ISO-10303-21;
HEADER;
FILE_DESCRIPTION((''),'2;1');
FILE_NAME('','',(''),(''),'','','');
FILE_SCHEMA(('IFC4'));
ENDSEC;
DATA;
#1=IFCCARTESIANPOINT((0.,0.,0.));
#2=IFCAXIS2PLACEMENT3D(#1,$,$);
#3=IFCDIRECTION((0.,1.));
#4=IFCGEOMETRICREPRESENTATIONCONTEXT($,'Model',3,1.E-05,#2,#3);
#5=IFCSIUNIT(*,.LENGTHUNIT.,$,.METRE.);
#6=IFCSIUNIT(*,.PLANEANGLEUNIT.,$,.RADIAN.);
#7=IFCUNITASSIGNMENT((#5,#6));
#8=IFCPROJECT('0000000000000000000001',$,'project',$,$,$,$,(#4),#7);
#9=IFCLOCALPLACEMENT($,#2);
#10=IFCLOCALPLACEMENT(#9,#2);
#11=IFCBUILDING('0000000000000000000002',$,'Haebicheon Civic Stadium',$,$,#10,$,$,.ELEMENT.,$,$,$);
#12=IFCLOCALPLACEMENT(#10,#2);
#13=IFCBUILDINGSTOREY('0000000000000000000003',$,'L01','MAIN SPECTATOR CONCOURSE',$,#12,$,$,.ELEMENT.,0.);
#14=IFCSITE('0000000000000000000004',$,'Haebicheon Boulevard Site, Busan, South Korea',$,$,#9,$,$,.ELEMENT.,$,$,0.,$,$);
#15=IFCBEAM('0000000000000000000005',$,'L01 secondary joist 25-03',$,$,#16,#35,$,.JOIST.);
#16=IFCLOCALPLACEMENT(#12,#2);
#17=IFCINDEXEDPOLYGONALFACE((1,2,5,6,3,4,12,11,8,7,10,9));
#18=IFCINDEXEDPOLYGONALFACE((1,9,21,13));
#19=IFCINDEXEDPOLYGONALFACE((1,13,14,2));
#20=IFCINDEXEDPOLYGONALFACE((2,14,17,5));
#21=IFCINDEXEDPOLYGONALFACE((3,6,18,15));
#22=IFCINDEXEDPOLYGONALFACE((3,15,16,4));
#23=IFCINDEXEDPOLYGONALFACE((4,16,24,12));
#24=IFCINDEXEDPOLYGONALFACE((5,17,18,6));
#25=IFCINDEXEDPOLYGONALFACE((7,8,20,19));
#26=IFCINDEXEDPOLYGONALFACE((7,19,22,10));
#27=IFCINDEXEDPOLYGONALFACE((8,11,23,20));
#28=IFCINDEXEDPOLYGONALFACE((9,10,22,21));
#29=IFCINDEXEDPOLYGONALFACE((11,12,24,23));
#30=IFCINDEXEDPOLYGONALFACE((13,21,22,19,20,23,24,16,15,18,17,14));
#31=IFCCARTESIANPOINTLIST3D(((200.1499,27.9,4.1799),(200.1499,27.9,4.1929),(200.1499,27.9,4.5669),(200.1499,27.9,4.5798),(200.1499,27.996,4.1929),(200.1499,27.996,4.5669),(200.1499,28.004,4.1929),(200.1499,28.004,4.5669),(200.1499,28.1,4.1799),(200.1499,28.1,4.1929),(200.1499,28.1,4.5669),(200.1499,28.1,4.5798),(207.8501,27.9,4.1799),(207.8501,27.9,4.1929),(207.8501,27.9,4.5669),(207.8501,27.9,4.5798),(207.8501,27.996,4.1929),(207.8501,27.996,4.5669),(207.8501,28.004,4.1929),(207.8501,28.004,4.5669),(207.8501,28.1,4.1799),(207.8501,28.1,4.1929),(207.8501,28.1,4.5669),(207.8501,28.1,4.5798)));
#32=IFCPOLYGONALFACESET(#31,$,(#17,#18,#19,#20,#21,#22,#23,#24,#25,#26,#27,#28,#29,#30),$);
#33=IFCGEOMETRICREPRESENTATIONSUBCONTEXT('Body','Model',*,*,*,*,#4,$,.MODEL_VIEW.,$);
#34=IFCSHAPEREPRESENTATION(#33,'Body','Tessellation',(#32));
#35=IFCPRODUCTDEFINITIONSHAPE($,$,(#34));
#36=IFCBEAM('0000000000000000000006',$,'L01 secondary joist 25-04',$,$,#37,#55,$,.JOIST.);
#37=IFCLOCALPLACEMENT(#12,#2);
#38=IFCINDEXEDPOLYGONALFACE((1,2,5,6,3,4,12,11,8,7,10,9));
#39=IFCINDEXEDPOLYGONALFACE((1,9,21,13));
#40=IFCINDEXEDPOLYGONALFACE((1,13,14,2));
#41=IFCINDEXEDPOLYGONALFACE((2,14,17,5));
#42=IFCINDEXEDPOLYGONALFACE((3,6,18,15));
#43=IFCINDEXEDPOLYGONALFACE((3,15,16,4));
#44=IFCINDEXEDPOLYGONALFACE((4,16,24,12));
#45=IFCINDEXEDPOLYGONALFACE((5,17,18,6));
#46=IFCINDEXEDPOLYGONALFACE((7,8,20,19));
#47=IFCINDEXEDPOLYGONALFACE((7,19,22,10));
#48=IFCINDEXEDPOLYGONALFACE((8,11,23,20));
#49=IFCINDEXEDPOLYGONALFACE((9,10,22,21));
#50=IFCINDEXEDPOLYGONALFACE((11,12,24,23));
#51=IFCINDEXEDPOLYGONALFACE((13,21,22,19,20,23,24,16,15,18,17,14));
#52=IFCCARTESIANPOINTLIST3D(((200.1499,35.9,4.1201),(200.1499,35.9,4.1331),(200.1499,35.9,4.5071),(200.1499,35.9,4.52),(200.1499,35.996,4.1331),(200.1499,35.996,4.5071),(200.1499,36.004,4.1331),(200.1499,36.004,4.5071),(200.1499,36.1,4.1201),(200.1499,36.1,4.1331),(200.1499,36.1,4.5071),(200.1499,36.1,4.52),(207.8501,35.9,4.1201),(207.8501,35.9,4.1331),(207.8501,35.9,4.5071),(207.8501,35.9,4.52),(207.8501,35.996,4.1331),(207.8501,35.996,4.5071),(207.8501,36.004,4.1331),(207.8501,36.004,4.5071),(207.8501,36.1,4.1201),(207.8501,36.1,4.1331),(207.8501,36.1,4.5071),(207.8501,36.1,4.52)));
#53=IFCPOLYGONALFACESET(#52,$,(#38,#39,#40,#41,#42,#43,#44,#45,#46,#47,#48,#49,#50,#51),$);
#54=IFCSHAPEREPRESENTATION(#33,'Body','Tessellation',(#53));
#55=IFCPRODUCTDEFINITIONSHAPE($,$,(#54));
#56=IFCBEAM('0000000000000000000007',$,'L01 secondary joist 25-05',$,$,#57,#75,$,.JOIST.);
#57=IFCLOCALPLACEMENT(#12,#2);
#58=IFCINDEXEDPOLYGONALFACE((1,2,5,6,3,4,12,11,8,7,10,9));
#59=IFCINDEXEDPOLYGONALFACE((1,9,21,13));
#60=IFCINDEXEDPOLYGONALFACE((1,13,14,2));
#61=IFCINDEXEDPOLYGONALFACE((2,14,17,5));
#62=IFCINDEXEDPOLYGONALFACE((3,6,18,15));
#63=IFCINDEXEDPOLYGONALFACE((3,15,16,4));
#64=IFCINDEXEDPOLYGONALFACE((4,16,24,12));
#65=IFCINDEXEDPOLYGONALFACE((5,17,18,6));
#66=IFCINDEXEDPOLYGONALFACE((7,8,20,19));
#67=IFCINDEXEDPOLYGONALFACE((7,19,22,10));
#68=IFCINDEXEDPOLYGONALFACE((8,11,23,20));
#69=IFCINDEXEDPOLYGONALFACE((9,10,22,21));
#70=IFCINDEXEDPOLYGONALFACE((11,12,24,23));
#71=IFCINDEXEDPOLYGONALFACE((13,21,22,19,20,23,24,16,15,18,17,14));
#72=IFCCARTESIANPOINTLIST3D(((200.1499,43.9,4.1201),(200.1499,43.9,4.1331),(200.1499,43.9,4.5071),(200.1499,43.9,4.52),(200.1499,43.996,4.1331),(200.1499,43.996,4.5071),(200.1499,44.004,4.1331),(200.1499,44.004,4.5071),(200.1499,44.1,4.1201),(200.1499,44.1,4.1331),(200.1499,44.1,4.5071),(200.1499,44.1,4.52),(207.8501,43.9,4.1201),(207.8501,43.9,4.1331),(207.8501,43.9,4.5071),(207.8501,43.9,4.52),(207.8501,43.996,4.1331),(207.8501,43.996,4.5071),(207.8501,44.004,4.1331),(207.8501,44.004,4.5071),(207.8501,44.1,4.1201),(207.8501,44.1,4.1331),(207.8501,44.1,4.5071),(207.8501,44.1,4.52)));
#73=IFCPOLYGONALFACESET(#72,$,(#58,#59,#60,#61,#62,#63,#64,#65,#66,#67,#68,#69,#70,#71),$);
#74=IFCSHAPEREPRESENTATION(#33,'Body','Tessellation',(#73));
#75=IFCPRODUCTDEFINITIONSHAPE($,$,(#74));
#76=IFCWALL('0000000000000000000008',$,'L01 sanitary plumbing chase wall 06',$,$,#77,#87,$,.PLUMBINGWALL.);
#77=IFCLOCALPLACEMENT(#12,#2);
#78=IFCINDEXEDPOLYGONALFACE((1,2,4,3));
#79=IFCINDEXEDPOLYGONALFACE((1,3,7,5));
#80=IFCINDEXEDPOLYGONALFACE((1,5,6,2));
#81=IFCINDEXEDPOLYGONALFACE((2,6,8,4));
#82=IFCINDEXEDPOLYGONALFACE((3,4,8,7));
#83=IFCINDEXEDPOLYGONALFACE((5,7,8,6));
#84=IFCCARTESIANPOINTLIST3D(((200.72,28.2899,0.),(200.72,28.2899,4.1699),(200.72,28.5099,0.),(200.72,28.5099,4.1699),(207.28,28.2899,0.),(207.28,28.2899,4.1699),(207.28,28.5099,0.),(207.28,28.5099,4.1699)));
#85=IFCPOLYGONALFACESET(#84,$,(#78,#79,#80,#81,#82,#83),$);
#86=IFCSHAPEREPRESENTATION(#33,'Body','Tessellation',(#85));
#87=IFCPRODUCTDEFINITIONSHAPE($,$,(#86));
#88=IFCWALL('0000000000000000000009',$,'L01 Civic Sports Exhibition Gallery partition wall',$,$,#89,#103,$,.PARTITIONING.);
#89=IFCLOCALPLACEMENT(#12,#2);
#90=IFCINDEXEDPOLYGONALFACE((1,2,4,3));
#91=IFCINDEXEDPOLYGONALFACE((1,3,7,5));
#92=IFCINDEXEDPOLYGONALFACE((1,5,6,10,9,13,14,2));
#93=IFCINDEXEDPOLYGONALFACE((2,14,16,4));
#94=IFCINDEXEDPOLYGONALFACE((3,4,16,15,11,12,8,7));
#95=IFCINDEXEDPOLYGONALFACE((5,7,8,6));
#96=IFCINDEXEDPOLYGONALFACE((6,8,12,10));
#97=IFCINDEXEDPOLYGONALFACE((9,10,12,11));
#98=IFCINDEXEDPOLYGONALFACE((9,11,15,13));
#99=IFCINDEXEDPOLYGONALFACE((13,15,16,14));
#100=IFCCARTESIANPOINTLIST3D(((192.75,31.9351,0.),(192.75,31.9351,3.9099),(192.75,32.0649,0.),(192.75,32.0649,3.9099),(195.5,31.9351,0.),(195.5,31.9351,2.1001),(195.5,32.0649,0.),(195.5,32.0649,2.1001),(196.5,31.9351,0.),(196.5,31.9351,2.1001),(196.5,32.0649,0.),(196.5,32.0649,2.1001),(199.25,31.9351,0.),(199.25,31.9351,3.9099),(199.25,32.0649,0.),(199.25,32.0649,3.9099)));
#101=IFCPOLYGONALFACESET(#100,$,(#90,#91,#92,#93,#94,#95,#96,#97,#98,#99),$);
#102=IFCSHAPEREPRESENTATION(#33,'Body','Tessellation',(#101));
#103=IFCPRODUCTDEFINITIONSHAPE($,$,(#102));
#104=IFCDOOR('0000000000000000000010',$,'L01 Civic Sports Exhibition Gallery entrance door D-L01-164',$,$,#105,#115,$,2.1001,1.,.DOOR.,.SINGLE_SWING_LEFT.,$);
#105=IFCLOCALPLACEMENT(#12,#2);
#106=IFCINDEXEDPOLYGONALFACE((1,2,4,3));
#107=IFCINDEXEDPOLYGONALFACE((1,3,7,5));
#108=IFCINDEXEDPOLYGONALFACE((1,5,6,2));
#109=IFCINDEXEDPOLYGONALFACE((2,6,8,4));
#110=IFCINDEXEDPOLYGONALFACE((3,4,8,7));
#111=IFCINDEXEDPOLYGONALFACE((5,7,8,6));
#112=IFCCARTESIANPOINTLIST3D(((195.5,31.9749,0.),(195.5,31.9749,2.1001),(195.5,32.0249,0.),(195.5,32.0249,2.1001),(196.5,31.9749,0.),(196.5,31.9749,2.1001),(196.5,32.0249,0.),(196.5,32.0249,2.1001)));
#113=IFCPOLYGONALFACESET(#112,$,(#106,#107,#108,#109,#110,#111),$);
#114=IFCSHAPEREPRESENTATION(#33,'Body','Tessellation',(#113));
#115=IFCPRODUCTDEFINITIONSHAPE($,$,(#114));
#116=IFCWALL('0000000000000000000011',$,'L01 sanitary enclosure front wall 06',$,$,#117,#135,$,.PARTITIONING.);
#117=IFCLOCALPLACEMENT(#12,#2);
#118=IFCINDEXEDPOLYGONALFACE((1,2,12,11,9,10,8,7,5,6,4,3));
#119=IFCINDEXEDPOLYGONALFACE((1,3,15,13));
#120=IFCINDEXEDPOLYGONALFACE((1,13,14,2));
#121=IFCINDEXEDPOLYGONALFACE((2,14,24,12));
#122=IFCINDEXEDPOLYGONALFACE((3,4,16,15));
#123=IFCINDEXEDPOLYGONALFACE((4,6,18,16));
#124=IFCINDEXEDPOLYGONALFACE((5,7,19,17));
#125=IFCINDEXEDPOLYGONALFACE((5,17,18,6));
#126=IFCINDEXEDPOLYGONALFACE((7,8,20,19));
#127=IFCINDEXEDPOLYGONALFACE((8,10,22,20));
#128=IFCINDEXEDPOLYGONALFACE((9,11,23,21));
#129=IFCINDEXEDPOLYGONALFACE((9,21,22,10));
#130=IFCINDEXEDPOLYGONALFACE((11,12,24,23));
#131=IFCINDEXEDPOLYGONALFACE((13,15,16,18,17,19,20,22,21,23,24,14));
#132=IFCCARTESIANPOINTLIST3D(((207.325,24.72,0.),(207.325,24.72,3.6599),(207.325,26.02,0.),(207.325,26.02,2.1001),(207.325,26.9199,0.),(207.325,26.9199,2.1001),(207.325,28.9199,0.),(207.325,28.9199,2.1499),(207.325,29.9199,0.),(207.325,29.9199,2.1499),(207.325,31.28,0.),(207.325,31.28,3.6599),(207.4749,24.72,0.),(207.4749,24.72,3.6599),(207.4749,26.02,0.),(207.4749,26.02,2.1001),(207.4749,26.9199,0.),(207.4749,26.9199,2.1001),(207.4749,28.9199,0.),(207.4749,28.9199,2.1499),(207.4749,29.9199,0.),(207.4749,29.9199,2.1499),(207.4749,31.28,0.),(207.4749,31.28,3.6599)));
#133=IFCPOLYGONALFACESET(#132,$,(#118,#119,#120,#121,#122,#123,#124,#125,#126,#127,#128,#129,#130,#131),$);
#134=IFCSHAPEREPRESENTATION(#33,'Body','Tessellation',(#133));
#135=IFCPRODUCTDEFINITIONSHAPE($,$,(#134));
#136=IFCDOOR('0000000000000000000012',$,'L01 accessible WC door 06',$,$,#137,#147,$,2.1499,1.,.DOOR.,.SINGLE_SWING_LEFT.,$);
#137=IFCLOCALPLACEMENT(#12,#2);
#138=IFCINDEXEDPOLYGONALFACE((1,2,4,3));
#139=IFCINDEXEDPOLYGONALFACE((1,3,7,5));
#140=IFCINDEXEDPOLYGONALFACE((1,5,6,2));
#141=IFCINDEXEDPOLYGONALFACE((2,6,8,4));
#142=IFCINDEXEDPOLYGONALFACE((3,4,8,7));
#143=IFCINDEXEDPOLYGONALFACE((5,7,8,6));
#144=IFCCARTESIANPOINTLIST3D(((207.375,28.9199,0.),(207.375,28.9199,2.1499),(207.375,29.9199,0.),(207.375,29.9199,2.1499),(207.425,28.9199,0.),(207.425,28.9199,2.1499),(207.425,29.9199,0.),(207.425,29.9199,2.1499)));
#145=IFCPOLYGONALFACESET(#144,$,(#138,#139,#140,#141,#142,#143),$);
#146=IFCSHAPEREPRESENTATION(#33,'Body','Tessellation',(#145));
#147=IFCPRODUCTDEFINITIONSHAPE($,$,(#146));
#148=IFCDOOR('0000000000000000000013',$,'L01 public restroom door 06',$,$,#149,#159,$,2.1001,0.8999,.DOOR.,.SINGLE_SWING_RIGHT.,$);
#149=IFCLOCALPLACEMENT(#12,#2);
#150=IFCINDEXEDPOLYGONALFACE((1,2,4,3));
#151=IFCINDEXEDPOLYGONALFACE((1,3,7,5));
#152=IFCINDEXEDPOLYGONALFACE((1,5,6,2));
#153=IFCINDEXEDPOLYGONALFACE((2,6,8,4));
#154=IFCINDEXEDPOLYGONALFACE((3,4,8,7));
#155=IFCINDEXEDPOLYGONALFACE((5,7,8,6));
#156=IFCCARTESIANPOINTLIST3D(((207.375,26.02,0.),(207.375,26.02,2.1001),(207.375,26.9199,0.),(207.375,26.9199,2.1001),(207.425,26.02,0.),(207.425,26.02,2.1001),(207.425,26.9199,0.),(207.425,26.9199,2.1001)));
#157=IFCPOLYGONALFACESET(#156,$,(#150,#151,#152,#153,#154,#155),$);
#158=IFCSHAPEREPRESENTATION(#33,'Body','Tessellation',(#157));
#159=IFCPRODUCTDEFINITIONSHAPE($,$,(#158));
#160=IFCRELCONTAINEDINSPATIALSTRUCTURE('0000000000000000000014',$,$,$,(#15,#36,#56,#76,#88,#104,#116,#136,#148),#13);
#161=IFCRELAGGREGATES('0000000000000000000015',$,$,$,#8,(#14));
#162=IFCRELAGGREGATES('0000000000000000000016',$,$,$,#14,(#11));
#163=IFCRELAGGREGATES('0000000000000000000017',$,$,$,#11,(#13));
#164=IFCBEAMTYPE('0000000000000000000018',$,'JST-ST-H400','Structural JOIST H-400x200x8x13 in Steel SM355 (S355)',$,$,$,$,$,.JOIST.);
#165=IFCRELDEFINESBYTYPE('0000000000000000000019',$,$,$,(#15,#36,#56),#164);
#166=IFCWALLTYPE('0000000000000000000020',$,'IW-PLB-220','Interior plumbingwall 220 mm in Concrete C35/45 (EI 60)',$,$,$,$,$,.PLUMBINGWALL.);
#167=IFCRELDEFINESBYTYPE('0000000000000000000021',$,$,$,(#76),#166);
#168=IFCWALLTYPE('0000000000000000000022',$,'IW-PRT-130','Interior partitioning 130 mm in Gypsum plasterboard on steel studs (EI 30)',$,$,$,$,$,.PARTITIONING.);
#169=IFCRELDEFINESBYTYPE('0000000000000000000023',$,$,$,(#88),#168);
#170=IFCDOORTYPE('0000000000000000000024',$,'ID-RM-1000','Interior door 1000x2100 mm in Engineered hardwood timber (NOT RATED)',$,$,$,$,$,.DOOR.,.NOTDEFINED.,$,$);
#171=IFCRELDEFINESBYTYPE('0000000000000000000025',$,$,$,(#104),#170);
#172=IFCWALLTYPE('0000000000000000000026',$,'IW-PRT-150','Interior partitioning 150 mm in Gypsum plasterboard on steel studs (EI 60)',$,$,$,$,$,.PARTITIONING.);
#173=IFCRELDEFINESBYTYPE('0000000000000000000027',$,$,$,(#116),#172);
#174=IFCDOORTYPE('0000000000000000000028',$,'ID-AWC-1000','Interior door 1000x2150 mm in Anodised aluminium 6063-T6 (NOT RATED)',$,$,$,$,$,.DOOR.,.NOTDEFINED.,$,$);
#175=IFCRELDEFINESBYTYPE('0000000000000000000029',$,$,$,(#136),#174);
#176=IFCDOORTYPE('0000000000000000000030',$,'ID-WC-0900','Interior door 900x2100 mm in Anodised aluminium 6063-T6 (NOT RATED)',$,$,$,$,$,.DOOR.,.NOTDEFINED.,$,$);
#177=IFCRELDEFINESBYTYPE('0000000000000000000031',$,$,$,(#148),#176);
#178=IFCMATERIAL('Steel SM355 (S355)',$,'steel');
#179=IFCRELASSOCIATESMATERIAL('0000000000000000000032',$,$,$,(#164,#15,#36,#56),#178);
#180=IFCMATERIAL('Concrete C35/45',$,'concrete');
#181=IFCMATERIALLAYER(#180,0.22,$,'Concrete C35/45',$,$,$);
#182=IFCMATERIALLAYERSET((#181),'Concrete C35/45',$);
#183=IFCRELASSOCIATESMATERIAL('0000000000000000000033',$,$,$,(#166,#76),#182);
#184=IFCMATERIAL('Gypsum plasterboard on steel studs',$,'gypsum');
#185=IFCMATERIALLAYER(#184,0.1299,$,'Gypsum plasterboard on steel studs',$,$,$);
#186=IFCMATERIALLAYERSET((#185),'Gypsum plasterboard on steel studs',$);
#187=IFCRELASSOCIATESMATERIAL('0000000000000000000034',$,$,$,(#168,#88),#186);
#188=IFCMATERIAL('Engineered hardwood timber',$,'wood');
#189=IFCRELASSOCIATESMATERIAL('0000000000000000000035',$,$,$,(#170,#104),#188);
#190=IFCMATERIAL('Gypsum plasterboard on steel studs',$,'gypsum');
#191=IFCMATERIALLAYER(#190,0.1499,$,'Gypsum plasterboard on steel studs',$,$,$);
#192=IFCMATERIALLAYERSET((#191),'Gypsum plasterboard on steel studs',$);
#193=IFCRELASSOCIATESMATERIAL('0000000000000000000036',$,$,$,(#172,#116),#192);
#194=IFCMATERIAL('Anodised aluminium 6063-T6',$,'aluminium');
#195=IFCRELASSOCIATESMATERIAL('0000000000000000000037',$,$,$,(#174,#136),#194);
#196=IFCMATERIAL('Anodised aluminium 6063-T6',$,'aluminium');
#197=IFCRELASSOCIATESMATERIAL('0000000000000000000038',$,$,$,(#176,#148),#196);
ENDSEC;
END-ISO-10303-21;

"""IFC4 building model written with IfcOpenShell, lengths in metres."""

from ifc_helpers import new_model, si_unit, direction, frame, frame_2d, origin, origin_2d, place, context, subcontext, project, spatial, rectangle, i_section, extrude, material, layer, layer_set, material_profile, profile_set, type_object, element, fill, save


model = new_model("IFC4")

# Units and contexts
model_context = context("Model", 3, precision=1e-05, world=origin(), true_north=direction((0.0, 1.0)))
body_context = subcontext(model_context, "Body", "Model", "MODEL_VIEW")
ifc_project = project(units=[si_unit("LENGTHUNIT", "METRE"), si_unit("PLANEANGLEUNIT", "RADIAN")], contexts=[model_context])

# Site, building, storey
site_placement = place(None, origin())
site = spatial("IfcSite", under=ifc_project, at=site_placement, Name="Haebicheon Boulevard Site, Busan, South Korea", CompositionType="ELEMENT", RefElevation=0.0)
building_placement = place(site_placement, origin())
building = spatial("IfcBuilding", under=site, at=building_placement, Name="Haebicheon Civic Stadium", CompositionType="ELEMENT")
storey_placement = place(building_placement, origin())
storey = spatial("IfcBuildingStorey", under=building, at=storey_placement, Name="L01", Description="MAIN SPECTATOR CONCOURSE", CompositionType="ELEMENT", Elevation=0.0)

# Beams
ifc_material_1 = material(Name="Steel SM355 (S355)", Category="steel")
ifc_material_profile_1 = material_profile(ifc_material_1, i_section(OverallWidth=0.2, OverallDepth=0.3999, WebThickness=0.0081, FlangeThickness=0.0129, at=origin_2d()), Name="H-400x200x8x13")
ifc_profile_set_1 = profile_set([ifc_material_profile_1], Name="Steel SM355 (S355)")
beam_type_1 = type_object("IfcBeamType", Name="JST-ST-H400", Description="Structural JOIST H-400x200x8x13 in Steel SM355 (S355)", PredefinedType="JOIST", material=ifc_profile_set_1)
for number, where, z_axis, x_axis, name in (
    (1, (200.1499, 28.0, 4.3799), (1.0, 0.0, 0.0), (0.0, 1.0, 0.0), "L01 secondary joist 25-03"),
    (2, (200.1499, 36.0, 4.3201), (1.0, 0.0, 0.0), (0.0, 1.0, 0.0), "L01 secondary joist 25-04"),
    (3, (200.1499, 44.0, 4.3201), (1.0, 0.0, 0.0), (0.0, 1.0, 0.0), "L01 secondary joist 25-05"),
):
    element("IfcBeam", number, at=place(storey_placement, frame(where, z_axis=z_axis, x_axis=x_axis)), inside=storey, type_object=beam_type_1, material=ifc_profile_set_1, Name=name, PredefinedType="JOIST", context=body_context, shape_type="SweptSolid", body=[
        extrude(i_section(OverallWidth=0.2, OverallDepth=0.3999, WebThickness=0.0081, FlangeThickness=0.0129, at=origin_2d()), origin(), (0.0, 0.0, 1.0), 7.7002),
    ])

# Wall
ifc_material_2 = material(Name="Concrete C35/45", Category="concrete")
ifc_layer_1 = layer(ifc_material_2, 0.22, Name="Concrete C35/45")
ifc_layer_set_1 = layer_set([ifc_layer_1], Name="Concrete C35/45")
wall_type_1 = type_object("IfcWallType", Name="IW-PLB-220", Description="Interior plumbingwall 220 mm in Concrete C35/45 (EI 60)", PredefinedType="PLUMBINGWALL", material=ifc_layer_set_1)
wall_1_placement = place(storey_placement, frame((200.72, 28.3999, 0.0), z_axis=(0.0, 0.0, 1.0), x_axis=(1.0, 0.0, 0.0)))
element("IfcWall", 4, at=wall_1_placement, inside=storey, type_object=wall_type_1, material=ifc_layer_set_1, Name="L01 sanitary plumbing chase wall 06", PredefinedType="PLUMBINGWALL", context=body_context, shape_type="SweptSolid", body=[
    extrude(rectangle(XDim=6.5601, YDim=0.22, at=frame_2d((3.28, 0.0))), origin(), (0.0, 0.0, 1.0), 4.1699),
])

# Wall, opening, door
ifc_material_3 = material(Name="Gypsum plasterboard on steel studs", Category="gypsum")
ifc_layer_2 = layer(ifc_material_3, 0.1299, Name="Gypsum plasterboard on steel studs")
ifc_layer_set_2 = layer_set([ifc_layer_2], Name="Gypsum plasterboard on steel studs")
wall_type_2 = type_object("IfcWallType", Name="IW-PRT-130", Description="Interior partitioning 130 mm in Gypsum plasterboard on steel studs (EI 30)", PredefinedType="PARTITIONING", material=ifc_layer_set_2)
wall_2_placement = place(storey_placement, frame((192.75, 32.0, 0.0), z_axis=(0.0, 0.0, 1.0), x_axis=(1.0, 0.0, 0.0)))
wall_2 = element("IfcWall", 5, at=wall_2_placement, inside=storey, type_object=wall_type_2, material=ifc_layer_set_2, Name="L01 Civic Sports Exhibition Gallery partition wall", PredefinedType="PARTITIONING", context=body_context, shape_type="SweptSolid", body=[
    extrude(rectangle(XDim=6.5, YDim=0.1299, at=frame_2d((3.25, 0.0))), origin(), (0.0, 0.0, 1.0), 3.9099),
])
opening_1_placement = place(wall_2_placement, frame((2.75, 0.0, 0.0)))
opening_1 = element("IfcOpeningElement", 6, at=opening_1_placement, cuts=wall_2, PredefinedType="OPENING", context=body_context, shape_type="SweptSolid", body=[
    extrude(rectangle(XDim=1.0, YDim=2.1001, at=frame_2d((0.5, 1.05))), frame((0.0, 0.075, 0.0), z_axis=(0.0, -1.0, 0.0), x_axis=(1.0, 0.0, 0.0)), (0.0, 0.0, 1.0), 0.1499),
])
ifc_material_4 = material(Name="Engineered hardwood timber", Category="wood")
door_type_1 = type_object("IfcDoorType", Name="ID-RM-1000", Description="Interior door 1000x2100 mm in Engineered hardwood timber (NOT RATED)", OperationType="NOTDEFINED", PredefinedType="DOOR", material=ifc_material_4)
door_1_placement = place(opening_1_placement, origin())
door_1 = element("IfcDoor", 7, at=door_1_placement, inside=storey, type_object=door_type_1, material=ifc_material_4, Name="L01 Civic Sports Exhibition Gallery entrance door D-L01-164", OperationType="SINGLE_SWING_LEFT", OverallHeight=2.1001, OverallWidth=1.0, PredefinedType="DOOR", context=body_context, shape_type="SweptSolid", body=[
    extrude(rectangle(XDim=1.0, YDim=2.1001, at=frame_2d((0.5, 1.05))), frame((0.0, 0.0249, 0.0), z_axis=(0.0, -1.0, 0.0), x_axis=(1.0, 0.0, 0.0)), (0.0, 0.0, 1.0), 0.05),
])
fill(opening_1, door_1)

# Wall, openings, doors
ifc_material_5 = material(Name="Gypsum plasterboard on steel studs", Category="gypsum")
ifc_layer_3 = layer(ifc_material_5, 0.1499, Name="Gypsum plasterboard on steel studs")
ifc_layer_set_3 = layer_set([ifc_layer_3], Name="Gypsum plasterboard on steel studs")
wall_type_3 = type_object("IfcWallType", Name="IW-PRT-150", Description="Interior partitioning 150 mm in Gypsum plasterboard on steel studs (EI 60)", PredefinedType="PARTITIONING", material=ifc_layer_set_3)
wall_3_placement = place(storey_placement, frame((207.3999, 24.72, 0.0), z_axis=(0.0, 0.0, 1.0), x_axis=(0.0, 1.0, 0.0)))
wall_3 = element("IfcWall", 8, at=wall_3_placement, inside=storey, type_object=wall_type_3, material=ifc_layer_set_3, Name="L01 sanitary enclosure front wall 06", PredefinedType="PARTITIONING", context=body_context, shape_type="SweptSolid", body=[
    extrude(rectangle(XDim=6.5601, YDim=0.1499, at=frame_2d((3.28, 0.0))), origin(), (0.0, 0.0, 1.0), 3.6599),
])
opening_2_placement = place(wall_3_placement, frame((1.3, 0.0, 0.0)))
opening_2 = element("IfcOpeningElement", 9, at=opening_2_placement, cuts=wall_3, PredefinedType="OPENING", context=body_context, shape_type="SweptSolid", body=[
    extrude(rectangle(XDim=0.8999, YDim=2.1001, at=frame_2d((0.45, 1.05))), frame((0.0, 0.085, 0.0), z_axis=(0.0, -1.0, 0.0), x_axis=(1.0, 0.0, 0.0)), (0.0, 0.0, 1.0), 0.1699),
])
opening_3_placement = place(wall_3_placement, frame((4.2, 0.0, 0.0)))
opening_3 = element("IfcOpeningElement", 10, at=opening_3_placement, cuts=wall_3, PredefinedType="OPENING", context=body_context, shape_type="SweptSolid", body=[
    extrude(rectangle(XDim=1.0, YDim=2.1499, at=frame_2d((0.5, 1.075))), frame((0.0, 0.085, 0.0), z_axis=(0.0, -1.0, 0.0), x_axis=(1.0, 0.0, 0.0)), (0.0, 0.0, 1.0), 0.1699),
])
ifc_material_6 = material(Name="Anodised aluminium 6063-T6", Category="aluminium")
door_type_2 = type_object("IfcDoorType", Name="ID-AWC-1000", Description="Interior door 1000x2150 mm in Anodised aluminium 6063-T6 (NOT RATED)", OperationType="NOTDEFINED", PredefinedType="DOOR", material=ifc_material_6)
door_2_placement = place(opening_3_placement, origin())
door_2 = element("IfcDoor", 11, at=door_2_placement, inside=storey, type_object=door_type_2, material=ifc_material_6, Name="L01 accessible WC door 06", OperationType="SINGLE_SWING_LEFT", OverallHeight=2.1499, OverallWidth=1.0, PredefinedType="DOOR", context=body_context, shape_type="SweptSolid", body=[
    extrude(rectangle(XDim=1.0, YDim=2.1499, at=frame_2d((0.5, 1.075))), frame((0.0, 0.0249, 0.0), z_axis=(0.0, -1.0, 0.0), x_axis=(1.0, 0.0, 0.0)), (0.0, 0.0, 1.0), 0.05),
])
fill(opening_3, door_2)
ifc_material_7 = material(Name="Anodised aluminium 6063-T6", Category="aluminium")
door_type_3 = type_object("IfcDoorType", Name="ID-WC-0900", Description="Interior door 900x2100 mm in Anodised aluminium 6063-T6 (NOT RATED)", OperationType="NOTDEFINED", PredefinedType="DOOR", material=ifc_material_7)
door_3_placement = place(opening_2_placement, origin())
door_3 = element("IfcDoor", 12, at=door_3_placement, inside=storey, type_object=door_type_3, material=ifc_material_7, Name="L01 public restroom door 06", OperationType="SINGLE_SWING_RIGHT", OverallHeight=2.1001, OverallWidth=0.8999, PredefinedType="DOOR", context=body_context, shape_type="SweptSolid", body=[
    extrude(rectangle(XDim=0.8999, YDim=2.1001, at=frame_2d((0.45, 1.05))), frame((0.0, 0.0249, 0.0), z_axis=(0.0, -1.0, 0.0), x_axis=(1.0, 0.0, 0.0)), (0.0, 0.0, 1.0), 0.05),
])
fill(opening_2, door_3)

save(model, "model.ifc")
